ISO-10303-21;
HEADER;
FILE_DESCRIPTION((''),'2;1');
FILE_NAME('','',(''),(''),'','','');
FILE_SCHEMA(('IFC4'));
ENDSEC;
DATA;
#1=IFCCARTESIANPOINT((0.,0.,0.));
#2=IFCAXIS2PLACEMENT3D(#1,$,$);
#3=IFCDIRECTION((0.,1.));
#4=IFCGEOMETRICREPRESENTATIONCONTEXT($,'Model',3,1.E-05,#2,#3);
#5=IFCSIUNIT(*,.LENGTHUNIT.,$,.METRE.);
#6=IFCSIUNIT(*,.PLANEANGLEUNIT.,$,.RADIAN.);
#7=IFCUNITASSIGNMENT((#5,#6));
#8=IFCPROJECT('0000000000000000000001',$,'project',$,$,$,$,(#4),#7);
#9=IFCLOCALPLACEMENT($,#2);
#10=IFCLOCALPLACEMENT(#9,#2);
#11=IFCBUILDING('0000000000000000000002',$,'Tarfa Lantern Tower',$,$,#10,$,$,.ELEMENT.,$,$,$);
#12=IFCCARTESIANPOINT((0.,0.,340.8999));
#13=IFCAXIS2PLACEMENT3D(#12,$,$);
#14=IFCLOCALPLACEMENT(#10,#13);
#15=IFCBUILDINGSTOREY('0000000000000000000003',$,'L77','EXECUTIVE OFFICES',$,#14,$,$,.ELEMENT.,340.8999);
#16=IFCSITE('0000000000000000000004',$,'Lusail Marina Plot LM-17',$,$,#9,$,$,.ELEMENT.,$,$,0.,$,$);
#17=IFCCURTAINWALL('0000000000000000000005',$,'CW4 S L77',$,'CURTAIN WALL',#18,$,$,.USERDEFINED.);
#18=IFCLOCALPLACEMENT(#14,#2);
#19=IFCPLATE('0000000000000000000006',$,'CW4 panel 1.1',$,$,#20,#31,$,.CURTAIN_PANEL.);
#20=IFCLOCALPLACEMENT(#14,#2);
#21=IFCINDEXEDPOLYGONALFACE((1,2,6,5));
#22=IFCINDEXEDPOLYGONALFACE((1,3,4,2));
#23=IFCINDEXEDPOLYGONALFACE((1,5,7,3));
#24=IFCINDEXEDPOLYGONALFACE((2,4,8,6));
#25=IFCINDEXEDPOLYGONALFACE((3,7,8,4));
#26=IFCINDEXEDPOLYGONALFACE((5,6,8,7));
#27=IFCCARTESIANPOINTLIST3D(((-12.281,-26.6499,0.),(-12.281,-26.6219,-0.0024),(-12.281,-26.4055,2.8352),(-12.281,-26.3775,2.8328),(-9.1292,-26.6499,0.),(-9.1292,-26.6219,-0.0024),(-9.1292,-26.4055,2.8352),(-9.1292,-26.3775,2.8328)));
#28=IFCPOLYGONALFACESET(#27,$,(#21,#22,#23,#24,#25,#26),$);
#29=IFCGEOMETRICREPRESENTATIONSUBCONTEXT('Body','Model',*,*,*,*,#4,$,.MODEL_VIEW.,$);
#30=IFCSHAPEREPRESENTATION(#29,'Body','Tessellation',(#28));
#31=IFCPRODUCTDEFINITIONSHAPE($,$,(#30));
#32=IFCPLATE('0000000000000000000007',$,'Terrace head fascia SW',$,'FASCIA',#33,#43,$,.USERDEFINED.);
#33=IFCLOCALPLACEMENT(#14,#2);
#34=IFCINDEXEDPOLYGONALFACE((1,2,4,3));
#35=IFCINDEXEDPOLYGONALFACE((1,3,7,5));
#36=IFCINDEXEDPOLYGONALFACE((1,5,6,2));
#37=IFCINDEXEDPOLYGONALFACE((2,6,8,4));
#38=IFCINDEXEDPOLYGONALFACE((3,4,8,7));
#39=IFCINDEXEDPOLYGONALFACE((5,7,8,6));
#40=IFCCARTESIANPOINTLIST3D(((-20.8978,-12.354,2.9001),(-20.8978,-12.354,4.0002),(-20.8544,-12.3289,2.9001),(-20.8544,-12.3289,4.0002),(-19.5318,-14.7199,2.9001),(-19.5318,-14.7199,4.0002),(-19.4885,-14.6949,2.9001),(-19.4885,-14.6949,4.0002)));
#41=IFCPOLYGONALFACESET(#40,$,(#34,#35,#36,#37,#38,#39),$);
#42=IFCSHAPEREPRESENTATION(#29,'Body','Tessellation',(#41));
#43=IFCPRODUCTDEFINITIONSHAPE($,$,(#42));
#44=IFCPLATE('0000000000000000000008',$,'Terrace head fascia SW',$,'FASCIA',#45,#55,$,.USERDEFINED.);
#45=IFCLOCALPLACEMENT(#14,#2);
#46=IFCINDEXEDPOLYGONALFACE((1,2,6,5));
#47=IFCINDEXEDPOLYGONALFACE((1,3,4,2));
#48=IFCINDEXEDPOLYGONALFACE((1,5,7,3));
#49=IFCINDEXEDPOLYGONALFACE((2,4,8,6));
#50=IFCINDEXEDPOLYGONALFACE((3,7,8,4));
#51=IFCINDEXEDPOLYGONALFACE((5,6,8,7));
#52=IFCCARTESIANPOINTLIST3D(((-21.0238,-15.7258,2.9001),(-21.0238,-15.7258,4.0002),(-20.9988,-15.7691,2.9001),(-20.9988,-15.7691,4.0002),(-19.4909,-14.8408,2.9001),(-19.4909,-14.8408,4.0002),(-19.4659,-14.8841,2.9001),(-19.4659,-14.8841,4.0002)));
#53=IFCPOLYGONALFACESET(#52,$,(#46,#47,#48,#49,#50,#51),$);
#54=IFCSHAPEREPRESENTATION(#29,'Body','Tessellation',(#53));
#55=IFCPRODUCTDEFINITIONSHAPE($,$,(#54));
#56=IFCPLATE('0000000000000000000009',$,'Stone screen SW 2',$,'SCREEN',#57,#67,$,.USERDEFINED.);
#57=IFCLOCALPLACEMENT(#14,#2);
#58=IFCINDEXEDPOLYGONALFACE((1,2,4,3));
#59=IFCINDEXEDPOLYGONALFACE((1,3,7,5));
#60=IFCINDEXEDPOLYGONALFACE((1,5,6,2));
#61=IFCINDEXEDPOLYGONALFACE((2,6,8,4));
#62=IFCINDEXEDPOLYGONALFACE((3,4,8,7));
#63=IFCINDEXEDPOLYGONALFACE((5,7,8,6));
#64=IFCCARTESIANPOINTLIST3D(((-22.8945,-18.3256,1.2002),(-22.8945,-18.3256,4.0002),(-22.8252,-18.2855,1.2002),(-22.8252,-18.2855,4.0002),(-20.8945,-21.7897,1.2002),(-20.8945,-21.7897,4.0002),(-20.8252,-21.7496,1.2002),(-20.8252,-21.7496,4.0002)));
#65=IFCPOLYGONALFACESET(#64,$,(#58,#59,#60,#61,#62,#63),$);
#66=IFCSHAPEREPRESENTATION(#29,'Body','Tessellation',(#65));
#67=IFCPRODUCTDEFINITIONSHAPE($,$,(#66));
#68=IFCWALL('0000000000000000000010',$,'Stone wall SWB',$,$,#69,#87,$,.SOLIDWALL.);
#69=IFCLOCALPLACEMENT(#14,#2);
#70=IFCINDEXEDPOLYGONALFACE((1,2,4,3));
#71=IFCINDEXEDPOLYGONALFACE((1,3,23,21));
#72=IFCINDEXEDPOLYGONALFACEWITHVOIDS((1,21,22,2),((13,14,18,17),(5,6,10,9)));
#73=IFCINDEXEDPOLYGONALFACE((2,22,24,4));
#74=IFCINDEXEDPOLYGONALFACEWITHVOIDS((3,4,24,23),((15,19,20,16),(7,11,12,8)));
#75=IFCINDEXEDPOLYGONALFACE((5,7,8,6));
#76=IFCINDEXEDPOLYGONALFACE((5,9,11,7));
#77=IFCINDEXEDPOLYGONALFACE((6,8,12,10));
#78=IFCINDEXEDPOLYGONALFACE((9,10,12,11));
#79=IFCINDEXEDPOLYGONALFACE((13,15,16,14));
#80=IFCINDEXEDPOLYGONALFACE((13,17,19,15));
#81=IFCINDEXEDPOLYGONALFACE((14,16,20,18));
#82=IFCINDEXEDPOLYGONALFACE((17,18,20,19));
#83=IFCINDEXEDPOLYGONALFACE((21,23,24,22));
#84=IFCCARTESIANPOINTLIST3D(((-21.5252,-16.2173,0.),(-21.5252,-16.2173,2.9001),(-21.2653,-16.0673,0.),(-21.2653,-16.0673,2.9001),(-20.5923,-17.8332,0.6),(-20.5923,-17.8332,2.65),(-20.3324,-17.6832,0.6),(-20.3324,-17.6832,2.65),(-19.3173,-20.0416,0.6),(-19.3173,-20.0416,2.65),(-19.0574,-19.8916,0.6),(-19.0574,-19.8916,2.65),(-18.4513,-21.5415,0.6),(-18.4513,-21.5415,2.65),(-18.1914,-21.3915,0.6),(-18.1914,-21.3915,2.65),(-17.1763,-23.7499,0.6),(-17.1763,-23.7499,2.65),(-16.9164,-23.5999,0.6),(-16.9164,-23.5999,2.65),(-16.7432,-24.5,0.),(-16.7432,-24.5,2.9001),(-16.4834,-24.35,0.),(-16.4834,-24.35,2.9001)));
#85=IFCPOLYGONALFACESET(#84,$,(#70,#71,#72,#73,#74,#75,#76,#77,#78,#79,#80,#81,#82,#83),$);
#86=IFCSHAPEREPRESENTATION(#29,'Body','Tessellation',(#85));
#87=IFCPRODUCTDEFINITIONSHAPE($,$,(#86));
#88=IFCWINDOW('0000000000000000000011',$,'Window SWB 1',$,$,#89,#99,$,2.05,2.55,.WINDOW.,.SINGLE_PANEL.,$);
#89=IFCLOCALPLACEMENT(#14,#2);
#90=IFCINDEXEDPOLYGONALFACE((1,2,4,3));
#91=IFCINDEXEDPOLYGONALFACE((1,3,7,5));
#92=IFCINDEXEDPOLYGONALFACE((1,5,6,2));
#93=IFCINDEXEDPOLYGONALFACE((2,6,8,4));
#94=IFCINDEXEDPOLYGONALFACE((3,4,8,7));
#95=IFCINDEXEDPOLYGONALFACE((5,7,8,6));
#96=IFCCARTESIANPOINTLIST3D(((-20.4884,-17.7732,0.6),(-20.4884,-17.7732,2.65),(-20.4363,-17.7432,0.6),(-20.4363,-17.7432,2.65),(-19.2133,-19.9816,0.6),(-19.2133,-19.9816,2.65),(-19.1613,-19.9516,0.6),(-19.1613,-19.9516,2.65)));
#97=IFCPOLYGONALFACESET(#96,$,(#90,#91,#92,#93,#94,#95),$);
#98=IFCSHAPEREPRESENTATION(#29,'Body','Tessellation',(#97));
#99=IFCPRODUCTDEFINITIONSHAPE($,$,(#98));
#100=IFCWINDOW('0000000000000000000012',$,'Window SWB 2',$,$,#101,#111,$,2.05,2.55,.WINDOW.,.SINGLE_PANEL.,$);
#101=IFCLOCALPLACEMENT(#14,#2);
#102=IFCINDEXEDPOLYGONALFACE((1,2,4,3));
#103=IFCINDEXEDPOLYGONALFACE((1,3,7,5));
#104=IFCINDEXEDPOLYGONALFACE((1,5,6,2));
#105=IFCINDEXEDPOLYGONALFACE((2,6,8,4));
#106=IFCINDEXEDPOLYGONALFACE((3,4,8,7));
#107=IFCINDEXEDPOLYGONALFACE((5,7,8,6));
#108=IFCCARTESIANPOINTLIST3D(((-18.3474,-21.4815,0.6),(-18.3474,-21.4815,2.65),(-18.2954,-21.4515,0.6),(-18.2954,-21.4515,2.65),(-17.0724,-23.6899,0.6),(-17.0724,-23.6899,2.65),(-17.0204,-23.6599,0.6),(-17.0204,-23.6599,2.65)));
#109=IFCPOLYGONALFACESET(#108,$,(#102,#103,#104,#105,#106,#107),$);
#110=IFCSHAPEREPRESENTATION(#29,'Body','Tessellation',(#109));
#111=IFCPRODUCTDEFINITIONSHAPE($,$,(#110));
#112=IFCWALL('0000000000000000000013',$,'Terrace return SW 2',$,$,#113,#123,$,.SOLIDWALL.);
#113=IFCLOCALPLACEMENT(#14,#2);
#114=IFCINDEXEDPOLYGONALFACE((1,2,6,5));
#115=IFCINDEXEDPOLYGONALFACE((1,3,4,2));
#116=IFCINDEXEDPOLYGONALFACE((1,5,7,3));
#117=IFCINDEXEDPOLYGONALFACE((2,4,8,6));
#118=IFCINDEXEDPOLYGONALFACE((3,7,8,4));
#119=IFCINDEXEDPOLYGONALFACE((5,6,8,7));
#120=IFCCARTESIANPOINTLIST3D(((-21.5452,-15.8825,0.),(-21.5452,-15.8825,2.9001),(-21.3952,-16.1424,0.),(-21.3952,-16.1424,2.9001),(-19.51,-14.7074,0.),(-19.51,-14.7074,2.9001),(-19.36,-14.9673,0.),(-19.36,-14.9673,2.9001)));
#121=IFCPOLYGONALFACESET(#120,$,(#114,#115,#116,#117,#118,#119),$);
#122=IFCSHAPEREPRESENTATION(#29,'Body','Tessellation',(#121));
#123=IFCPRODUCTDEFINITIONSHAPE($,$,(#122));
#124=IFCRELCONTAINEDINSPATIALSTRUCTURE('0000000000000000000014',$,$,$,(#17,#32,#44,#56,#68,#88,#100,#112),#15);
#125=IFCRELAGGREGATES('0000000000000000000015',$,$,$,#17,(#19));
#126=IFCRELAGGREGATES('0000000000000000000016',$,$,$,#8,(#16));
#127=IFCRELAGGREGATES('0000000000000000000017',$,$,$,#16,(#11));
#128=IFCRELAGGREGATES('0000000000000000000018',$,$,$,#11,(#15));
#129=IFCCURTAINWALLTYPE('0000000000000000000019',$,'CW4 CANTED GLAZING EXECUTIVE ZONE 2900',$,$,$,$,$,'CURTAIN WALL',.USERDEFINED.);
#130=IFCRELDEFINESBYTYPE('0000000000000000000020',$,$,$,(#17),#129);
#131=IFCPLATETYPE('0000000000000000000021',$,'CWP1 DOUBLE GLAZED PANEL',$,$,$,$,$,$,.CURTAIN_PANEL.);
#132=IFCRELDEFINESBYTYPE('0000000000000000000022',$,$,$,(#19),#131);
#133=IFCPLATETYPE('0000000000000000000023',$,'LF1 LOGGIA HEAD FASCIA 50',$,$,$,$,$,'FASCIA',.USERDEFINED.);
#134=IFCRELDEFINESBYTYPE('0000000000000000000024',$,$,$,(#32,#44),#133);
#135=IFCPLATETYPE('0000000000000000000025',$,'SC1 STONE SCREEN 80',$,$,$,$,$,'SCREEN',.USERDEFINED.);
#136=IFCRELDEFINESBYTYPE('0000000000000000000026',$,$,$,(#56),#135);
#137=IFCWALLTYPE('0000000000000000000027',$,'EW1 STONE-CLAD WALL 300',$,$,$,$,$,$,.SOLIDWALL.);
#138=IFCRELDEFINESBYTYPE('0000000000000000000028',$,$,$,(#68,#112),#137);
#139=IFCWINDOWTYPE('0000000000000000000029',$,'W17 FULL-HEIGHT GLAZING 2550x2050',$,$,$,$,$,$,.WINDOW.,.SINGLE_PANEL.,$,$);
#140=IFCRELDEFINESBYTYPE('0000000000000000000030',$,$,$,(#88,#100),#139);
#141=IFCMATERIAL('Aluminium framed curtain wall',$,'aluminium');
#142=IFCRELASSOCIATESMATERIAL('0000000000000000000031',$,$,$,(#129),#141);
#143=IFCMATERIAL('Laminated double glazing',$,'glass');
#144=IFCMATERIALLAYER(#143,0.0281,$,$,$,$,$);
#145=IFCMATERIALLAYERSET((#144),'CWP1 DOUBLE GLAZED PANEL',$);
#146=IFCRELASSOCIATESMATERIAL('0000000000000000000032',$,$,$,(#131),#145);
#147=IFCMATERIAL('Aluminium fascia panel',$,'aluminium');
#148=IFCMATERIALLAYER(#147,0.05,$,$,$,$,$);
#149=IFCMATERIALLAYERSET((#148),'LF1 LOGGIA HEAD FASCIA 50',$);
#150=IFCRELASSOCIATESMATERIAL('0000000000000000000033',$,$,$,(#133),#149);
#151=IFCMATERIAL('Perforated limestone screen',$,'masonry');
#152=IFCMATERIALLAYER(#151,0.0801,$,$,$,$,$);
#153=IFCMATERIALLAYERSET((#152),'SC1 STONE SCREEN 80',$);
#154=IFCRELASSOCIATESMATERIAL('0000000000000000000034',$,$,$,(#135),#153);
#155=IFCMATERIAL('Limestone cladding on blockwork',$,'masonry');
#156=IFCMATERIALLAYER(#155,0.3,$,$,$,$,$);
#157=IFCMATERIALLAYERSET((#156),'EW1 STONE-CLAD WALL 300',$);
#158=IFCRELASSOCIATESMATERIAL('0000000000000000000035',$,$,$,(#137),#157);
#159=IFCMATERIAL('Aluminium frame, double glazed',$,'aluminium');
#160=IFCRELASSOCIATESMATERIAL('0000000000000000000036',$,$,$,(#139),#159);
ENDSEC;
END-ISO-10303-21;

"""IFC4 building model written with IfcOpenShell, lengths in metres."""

from ifc_helpers import new_model, si_unit, direction, frame, frame_2d, origin, origin_2d, place, context, subcontext, project, spatial, polyline, rectangle, outline, extrude, material, layer, layer_set, type_object, element, fill, aggregate, save


model = new_model("IFC4")

# Units and contexts
model_context = context("Model", 3, precision=1e-05, world=origin(), true_north=direction((0.0, 1.0)))
body_context = subcontext(model_context, "Body", "Model", "MODEL_VIEW")
ifc_project = project(units=[si_unit("LENGTHUNIT", "METRE"), si_unit("PLANEANGLEUNIT", "RADIAN")], contexts=[model_context])

# Site, building, storey
site_placement = place(None, origin())
site = spatial("IfcSite", under=ifc_project, at=site_placement, Name="Lusail Marina Plot LM-17", CompositionType="ELEMENT", RefElevation=0.0)
building_placement = place(site_placement, origin())
building = spatial("IfcBuilding", under=site, at=building_placement, Name="Tarfa Lantern Tower", CompositionType="ELEMENT")
storey_placement = place(building_placement, frame((0.0, 0.0, 340.8999)))
storey = spatial("IfcBuildingStorey", under=building, at=storey_placement, Name="L77", Description="EXECUTIVE OFFICES", CompositionType="ELEMENT", Elevation=340.8999)

# Curtain wall
ifc_material_1 = material(Name="Aluminium framed curtain wall", Category="aluminium")
curtain_wall_type = type_object("IfcCurtainWallType", Name="CW4 CANTED GLAZING EXECUTIVE ZONE 2900", ElementType="CURTAIN WALL", PredefinedType="USERDEFINED", material=ifc_material_1)
curtain_wall_placement = place(storey_placement, origin())
curtain_wall = element("IfcCurtainWall", 1, at=curtain_wall_placement, inside=storey, type_object=curtain_wall_type, Name="CW4 S L77", ObjectType="CURTAIN WALL", PredefinedType="USERDEFINED")

# Plate
ifc_material_2 = material(Name="Laminated double glazing", Category="glass")
ifc_layer_1 = layer(ifc_material_2, 0.0281)
ifc_layer_set_1 = layer_set([ifc_layer_1], Name="CWP1 DOUBLE GLAZED PANEL")
plate_type_1 = type_object("IfcPlateType", Name="CWP1 DOUBLE GLAZED PANEL", PredefinedType="CURTAIN_PANEL", material=ifc_layer_set_1)
plate_1_placement = place(storey_placement, frame((-12.281, -26.6499, 0.0), z_axis=(0.0, -0.996306, 0.085878), x_axis=(1.0, 0.0, 0.0)))
plate_1 = element("IfcPlate", 2, at=plate_1_placement, type_object=plate_type_1, Name="CW4 panel 1.1", PredefinedType="CURTAIN_PANEL", context=body_context, shape_type="SweptSolid", body=[
    extrude(outline(polyline([(0.0, 0.0), (3.1519, 0.0), (3.1519, 2.8457), (0.0, 2.8457), (0.0, 0.0)])), origin(), (0.0, 0.0, -1.0), 0.0281),
])
aggregate(curtain_wall, [plate_1])

# Plates
ifc_material_3 = material(Name="Aluminium fascia panel", Category="aluminium")
ifc_layer_2 = layer(ifc_material_3, 0.05)
ifc_layer_set_2 = layer_set([ifc_layer_2], Name="LF1 LOGGIA HEAD FASCIA 50")
plate_type_2 = type_object("IfcPlateType", Name="LF1 LOGGIA HEAD FASCIA 50", ElementType="FASCIA", PredefinedType="USERDEFINED", material=ifc_layer_set_2)
plate_2_placement = place(storey_placement, frame((-20.1931, -13.5244, 2.9001), z_axis=(0.0, 0.0, 1.0), x_axis=(0.5, -0.866025, 0.0)))
element("IfcPlate", 3, at=plate_2_placement, inside=storey, type_object=plate_type_2, Name="Terrace head fascia SW", ObjectType="FASCIA", PredefinedType="USERDEFINED", context=body_context, shape_type="SweptSolid", body=[
    extrude(rectangle(XDim=2.7319, YDim=0.05, at=origin_2d()), origin(), (0.0, 0.0, 1.0), 1.1001),
])
plate_3_placement = place(storey_placement, frame((-20.2449, -15.3049, 2.9001), z_axis=(0.0, 0.0, 1.0), x_axis=(0.866025, 0.5, 0.0)))
element("IfcPlate", 4, at=plate_3_placement, inside=storey, type_object=plate_type_2, Name="Terrace head fascia SW", ObjectType="FASCIA", PredefinedType="USERDEFINED", context=body_context, shape_type="SweptSolid", body=[
    extrude(rectangle(XDim=1.77, YDim=0.05, at=origin_2d()), origin(), (0.0, 0.0, 1.0), 1.1001),
])
ifc_material_4 = material(Name="Perforated limestone screen", Category="masonry")
ifc_layer_3 = layer(ifc_material_4, 0.0801)
ifc_layer_set_3 = layer_set([ifc_layer_3], Name="SC1 STONE SCREEN 80")
plate_type_3 = type_object("IfcPlateType", Name="SC1 STONE SCREEN 80", ElementType="SCREEN", PredefinedType="USERDEFINED", material=ifc_layer_set_3)
plate_4_placement = place(storey_placement, frame((-21.8599, -20.0376, 1.2002), z_axis=(0.0, 0.0, 1.0), x_axis=(0.5, -0.866025, 0.0)))
element("IfcPlate", 5, at=plate_4_placement, inside=storey, type_object=plate_type_3, Name="Stone screen SW 2", ObjectType="SCREEN", PredefinedType="USERDEFINED", context=body_context, shape_type="SweptSolid", body=[
    extrude(rectangle(XDim=4.0, YDim=0.0801, at=origin_2d()), origin(), (0.0, 0.0, 1.0), 2.8),
])

# Wall, openings, windows
ifc_material_5 = material(Name="Limestone cladding on blockwork", Category="masonry")
ifc_layer_4 = layer(ifc_material_5, 0.3)
ifc_layer_set_4 = layer_set([ifc_layer_4], Name="EW1 STONE-CLAD WALL 300")
wall_type = type_object("IfcWallType", Name="EW1 STONE-CLAD WALL 300", PredefinedType="SOLIDWALL", material=ifc_layer_set_4)
wall_1_placement = place(storey_placement, frame((-21.3953, -16.1423, 0.0), z_axis=(0.0, 0.0, 1.0), x_axis=(0.499996, -0.866027, 0.0)))
wall_1 = element("IfcWall", 6, at=wall_1_placement, inside=storey, type_object=wall_type, Name="Stone wall SWB", PredefinedType="SOLIDWALL", context=body_context, shape_type="SweptSolid", body=[
    extrude(rectangle(XDim=9.564, YDim=0.3, at=frame_2d((4.782, 0.0))), origin(), (0.0, 0.0, 1.0), 2.9001),
])
opening_1_placement = place(wall_1_placement, frame((1.866, 0.0, 0.6001)))
opening_1 = element("IfcOpeningElement", 7, at=opening_1_placement, cuts=wall_1, PredefinedType="OPENING", context=body_context, shape_type="SweptSolid", body=[
    extrude(rectangle(XDim=2.55, YDim=2.05, at=frame_2d((1.2749, 1.0249))), frame((0.0, 0.1599, 0.0), z_axis=(0.0, -1.0, 0.0), x_axis=(1.0, 0.0, 0.0)), (0.0, 0.0, 1.0), 0.3201),
])
opening_2_placement = place(wall_1_placement, frame((6.1479, 0.0, 0.6001)))
opening_2 = element("IfcOpeningElement", 8, at=opening_2_placement, cuts=wall_1, PredefinedType="OPENING", context=body_context, shape_type="SweptSolid", body=[
    extrude(rectangle(XDim=2.55, YDim=2.05, at=frame_2d((1.2749, 1.0249))), frame((0.0, 0.1599, 0.0), z_axis=(0.0, -1.0, 0.0), x_axis=(1.0, 0.0, 0.0)), (0.0, 0.0, 1.0), 0.3201),
])
ifc_material_6 = material(Name="Aluminium frame, double glazed", Category="aluminium")
window_type = type_object("IfcWindowType", Name="W17 FULL-HEIGHT GLAZING 2550x2050", PartitioningType="SINGLE_PANEL", PredefinedType="WINDOW", material=ifc_material_6)
window_1_placement = place(opening_1_placement, origin())
window_1 = element("IfcWindow", 9, at=window_1_placement, inside=storey, type_object=window_type, Name="Window SWB 1", OverallHeight=2.05, OverallWidth=2.55, PartitioningType="SINGLE_PANEL", PredefinedType="WINDOW", context=body_context, shape_type="SweptSolid", body=[
    extrude(rectangle(XDim=2.55, YDim=2.05, at=frame_2d((1.2749, 1.0249))), frame((0.0, 0.03, 0.0), z_axis=(0.0, -1.0, 0.0), x_axis=(1.0, 0.0, 0.0)), (0.0, 0.0, 1.0), 0.0601),
])
fill(opening_1, window_1)
window_2_placement = place(opening_2_placement, origin())
window_2 = element("IfcWindow", 10, at=window_2_placement, inside=storey, type_object=window_type, Name="Window SWB 2", OverallHeight=2.05, OverallWidth=2.55, PartitioningType="SINGLE_PANEL", PredefinedType="WINDOW", context=body_context, shape_type="SweptSolid", body=[
    extrude(rectangle(XDim=2.55, YDim=2.05, at=frame_2d((1.2749, 1.0249))), frame((0.0, 0.03, 0.0), z_axis=(0.0, -1.0, 0.0), x_axis=(1.0, 0.0, 0.0)), (0.0, 0.0, 1.0), 0.0601),
])
fill(opening_2, window_2)

# Wall
wall_2_placement = place(storey_placement, frame((-21.4702, -16.0125, 0.0), z_axis=(0.0, 0.0, 1.0), x_axis=(0.866016, 0.500016, 0.0)))
element("IfcWall", 11, at=wall_2_placement, inside=storey, type_object=wall_type, Name="Terrace return SW 2", PredefinedType="SOLIDWALL", context=body_context, shape_type="SweptSolid", body=[
    extrude(rectangle(XDim=2.3501, YDim=0.3, at=frame_2d((1.175, 0.0))), origin(), (0.0, 0.0, 1.0), 2.9001),
])

save(model, "model.ifc")
